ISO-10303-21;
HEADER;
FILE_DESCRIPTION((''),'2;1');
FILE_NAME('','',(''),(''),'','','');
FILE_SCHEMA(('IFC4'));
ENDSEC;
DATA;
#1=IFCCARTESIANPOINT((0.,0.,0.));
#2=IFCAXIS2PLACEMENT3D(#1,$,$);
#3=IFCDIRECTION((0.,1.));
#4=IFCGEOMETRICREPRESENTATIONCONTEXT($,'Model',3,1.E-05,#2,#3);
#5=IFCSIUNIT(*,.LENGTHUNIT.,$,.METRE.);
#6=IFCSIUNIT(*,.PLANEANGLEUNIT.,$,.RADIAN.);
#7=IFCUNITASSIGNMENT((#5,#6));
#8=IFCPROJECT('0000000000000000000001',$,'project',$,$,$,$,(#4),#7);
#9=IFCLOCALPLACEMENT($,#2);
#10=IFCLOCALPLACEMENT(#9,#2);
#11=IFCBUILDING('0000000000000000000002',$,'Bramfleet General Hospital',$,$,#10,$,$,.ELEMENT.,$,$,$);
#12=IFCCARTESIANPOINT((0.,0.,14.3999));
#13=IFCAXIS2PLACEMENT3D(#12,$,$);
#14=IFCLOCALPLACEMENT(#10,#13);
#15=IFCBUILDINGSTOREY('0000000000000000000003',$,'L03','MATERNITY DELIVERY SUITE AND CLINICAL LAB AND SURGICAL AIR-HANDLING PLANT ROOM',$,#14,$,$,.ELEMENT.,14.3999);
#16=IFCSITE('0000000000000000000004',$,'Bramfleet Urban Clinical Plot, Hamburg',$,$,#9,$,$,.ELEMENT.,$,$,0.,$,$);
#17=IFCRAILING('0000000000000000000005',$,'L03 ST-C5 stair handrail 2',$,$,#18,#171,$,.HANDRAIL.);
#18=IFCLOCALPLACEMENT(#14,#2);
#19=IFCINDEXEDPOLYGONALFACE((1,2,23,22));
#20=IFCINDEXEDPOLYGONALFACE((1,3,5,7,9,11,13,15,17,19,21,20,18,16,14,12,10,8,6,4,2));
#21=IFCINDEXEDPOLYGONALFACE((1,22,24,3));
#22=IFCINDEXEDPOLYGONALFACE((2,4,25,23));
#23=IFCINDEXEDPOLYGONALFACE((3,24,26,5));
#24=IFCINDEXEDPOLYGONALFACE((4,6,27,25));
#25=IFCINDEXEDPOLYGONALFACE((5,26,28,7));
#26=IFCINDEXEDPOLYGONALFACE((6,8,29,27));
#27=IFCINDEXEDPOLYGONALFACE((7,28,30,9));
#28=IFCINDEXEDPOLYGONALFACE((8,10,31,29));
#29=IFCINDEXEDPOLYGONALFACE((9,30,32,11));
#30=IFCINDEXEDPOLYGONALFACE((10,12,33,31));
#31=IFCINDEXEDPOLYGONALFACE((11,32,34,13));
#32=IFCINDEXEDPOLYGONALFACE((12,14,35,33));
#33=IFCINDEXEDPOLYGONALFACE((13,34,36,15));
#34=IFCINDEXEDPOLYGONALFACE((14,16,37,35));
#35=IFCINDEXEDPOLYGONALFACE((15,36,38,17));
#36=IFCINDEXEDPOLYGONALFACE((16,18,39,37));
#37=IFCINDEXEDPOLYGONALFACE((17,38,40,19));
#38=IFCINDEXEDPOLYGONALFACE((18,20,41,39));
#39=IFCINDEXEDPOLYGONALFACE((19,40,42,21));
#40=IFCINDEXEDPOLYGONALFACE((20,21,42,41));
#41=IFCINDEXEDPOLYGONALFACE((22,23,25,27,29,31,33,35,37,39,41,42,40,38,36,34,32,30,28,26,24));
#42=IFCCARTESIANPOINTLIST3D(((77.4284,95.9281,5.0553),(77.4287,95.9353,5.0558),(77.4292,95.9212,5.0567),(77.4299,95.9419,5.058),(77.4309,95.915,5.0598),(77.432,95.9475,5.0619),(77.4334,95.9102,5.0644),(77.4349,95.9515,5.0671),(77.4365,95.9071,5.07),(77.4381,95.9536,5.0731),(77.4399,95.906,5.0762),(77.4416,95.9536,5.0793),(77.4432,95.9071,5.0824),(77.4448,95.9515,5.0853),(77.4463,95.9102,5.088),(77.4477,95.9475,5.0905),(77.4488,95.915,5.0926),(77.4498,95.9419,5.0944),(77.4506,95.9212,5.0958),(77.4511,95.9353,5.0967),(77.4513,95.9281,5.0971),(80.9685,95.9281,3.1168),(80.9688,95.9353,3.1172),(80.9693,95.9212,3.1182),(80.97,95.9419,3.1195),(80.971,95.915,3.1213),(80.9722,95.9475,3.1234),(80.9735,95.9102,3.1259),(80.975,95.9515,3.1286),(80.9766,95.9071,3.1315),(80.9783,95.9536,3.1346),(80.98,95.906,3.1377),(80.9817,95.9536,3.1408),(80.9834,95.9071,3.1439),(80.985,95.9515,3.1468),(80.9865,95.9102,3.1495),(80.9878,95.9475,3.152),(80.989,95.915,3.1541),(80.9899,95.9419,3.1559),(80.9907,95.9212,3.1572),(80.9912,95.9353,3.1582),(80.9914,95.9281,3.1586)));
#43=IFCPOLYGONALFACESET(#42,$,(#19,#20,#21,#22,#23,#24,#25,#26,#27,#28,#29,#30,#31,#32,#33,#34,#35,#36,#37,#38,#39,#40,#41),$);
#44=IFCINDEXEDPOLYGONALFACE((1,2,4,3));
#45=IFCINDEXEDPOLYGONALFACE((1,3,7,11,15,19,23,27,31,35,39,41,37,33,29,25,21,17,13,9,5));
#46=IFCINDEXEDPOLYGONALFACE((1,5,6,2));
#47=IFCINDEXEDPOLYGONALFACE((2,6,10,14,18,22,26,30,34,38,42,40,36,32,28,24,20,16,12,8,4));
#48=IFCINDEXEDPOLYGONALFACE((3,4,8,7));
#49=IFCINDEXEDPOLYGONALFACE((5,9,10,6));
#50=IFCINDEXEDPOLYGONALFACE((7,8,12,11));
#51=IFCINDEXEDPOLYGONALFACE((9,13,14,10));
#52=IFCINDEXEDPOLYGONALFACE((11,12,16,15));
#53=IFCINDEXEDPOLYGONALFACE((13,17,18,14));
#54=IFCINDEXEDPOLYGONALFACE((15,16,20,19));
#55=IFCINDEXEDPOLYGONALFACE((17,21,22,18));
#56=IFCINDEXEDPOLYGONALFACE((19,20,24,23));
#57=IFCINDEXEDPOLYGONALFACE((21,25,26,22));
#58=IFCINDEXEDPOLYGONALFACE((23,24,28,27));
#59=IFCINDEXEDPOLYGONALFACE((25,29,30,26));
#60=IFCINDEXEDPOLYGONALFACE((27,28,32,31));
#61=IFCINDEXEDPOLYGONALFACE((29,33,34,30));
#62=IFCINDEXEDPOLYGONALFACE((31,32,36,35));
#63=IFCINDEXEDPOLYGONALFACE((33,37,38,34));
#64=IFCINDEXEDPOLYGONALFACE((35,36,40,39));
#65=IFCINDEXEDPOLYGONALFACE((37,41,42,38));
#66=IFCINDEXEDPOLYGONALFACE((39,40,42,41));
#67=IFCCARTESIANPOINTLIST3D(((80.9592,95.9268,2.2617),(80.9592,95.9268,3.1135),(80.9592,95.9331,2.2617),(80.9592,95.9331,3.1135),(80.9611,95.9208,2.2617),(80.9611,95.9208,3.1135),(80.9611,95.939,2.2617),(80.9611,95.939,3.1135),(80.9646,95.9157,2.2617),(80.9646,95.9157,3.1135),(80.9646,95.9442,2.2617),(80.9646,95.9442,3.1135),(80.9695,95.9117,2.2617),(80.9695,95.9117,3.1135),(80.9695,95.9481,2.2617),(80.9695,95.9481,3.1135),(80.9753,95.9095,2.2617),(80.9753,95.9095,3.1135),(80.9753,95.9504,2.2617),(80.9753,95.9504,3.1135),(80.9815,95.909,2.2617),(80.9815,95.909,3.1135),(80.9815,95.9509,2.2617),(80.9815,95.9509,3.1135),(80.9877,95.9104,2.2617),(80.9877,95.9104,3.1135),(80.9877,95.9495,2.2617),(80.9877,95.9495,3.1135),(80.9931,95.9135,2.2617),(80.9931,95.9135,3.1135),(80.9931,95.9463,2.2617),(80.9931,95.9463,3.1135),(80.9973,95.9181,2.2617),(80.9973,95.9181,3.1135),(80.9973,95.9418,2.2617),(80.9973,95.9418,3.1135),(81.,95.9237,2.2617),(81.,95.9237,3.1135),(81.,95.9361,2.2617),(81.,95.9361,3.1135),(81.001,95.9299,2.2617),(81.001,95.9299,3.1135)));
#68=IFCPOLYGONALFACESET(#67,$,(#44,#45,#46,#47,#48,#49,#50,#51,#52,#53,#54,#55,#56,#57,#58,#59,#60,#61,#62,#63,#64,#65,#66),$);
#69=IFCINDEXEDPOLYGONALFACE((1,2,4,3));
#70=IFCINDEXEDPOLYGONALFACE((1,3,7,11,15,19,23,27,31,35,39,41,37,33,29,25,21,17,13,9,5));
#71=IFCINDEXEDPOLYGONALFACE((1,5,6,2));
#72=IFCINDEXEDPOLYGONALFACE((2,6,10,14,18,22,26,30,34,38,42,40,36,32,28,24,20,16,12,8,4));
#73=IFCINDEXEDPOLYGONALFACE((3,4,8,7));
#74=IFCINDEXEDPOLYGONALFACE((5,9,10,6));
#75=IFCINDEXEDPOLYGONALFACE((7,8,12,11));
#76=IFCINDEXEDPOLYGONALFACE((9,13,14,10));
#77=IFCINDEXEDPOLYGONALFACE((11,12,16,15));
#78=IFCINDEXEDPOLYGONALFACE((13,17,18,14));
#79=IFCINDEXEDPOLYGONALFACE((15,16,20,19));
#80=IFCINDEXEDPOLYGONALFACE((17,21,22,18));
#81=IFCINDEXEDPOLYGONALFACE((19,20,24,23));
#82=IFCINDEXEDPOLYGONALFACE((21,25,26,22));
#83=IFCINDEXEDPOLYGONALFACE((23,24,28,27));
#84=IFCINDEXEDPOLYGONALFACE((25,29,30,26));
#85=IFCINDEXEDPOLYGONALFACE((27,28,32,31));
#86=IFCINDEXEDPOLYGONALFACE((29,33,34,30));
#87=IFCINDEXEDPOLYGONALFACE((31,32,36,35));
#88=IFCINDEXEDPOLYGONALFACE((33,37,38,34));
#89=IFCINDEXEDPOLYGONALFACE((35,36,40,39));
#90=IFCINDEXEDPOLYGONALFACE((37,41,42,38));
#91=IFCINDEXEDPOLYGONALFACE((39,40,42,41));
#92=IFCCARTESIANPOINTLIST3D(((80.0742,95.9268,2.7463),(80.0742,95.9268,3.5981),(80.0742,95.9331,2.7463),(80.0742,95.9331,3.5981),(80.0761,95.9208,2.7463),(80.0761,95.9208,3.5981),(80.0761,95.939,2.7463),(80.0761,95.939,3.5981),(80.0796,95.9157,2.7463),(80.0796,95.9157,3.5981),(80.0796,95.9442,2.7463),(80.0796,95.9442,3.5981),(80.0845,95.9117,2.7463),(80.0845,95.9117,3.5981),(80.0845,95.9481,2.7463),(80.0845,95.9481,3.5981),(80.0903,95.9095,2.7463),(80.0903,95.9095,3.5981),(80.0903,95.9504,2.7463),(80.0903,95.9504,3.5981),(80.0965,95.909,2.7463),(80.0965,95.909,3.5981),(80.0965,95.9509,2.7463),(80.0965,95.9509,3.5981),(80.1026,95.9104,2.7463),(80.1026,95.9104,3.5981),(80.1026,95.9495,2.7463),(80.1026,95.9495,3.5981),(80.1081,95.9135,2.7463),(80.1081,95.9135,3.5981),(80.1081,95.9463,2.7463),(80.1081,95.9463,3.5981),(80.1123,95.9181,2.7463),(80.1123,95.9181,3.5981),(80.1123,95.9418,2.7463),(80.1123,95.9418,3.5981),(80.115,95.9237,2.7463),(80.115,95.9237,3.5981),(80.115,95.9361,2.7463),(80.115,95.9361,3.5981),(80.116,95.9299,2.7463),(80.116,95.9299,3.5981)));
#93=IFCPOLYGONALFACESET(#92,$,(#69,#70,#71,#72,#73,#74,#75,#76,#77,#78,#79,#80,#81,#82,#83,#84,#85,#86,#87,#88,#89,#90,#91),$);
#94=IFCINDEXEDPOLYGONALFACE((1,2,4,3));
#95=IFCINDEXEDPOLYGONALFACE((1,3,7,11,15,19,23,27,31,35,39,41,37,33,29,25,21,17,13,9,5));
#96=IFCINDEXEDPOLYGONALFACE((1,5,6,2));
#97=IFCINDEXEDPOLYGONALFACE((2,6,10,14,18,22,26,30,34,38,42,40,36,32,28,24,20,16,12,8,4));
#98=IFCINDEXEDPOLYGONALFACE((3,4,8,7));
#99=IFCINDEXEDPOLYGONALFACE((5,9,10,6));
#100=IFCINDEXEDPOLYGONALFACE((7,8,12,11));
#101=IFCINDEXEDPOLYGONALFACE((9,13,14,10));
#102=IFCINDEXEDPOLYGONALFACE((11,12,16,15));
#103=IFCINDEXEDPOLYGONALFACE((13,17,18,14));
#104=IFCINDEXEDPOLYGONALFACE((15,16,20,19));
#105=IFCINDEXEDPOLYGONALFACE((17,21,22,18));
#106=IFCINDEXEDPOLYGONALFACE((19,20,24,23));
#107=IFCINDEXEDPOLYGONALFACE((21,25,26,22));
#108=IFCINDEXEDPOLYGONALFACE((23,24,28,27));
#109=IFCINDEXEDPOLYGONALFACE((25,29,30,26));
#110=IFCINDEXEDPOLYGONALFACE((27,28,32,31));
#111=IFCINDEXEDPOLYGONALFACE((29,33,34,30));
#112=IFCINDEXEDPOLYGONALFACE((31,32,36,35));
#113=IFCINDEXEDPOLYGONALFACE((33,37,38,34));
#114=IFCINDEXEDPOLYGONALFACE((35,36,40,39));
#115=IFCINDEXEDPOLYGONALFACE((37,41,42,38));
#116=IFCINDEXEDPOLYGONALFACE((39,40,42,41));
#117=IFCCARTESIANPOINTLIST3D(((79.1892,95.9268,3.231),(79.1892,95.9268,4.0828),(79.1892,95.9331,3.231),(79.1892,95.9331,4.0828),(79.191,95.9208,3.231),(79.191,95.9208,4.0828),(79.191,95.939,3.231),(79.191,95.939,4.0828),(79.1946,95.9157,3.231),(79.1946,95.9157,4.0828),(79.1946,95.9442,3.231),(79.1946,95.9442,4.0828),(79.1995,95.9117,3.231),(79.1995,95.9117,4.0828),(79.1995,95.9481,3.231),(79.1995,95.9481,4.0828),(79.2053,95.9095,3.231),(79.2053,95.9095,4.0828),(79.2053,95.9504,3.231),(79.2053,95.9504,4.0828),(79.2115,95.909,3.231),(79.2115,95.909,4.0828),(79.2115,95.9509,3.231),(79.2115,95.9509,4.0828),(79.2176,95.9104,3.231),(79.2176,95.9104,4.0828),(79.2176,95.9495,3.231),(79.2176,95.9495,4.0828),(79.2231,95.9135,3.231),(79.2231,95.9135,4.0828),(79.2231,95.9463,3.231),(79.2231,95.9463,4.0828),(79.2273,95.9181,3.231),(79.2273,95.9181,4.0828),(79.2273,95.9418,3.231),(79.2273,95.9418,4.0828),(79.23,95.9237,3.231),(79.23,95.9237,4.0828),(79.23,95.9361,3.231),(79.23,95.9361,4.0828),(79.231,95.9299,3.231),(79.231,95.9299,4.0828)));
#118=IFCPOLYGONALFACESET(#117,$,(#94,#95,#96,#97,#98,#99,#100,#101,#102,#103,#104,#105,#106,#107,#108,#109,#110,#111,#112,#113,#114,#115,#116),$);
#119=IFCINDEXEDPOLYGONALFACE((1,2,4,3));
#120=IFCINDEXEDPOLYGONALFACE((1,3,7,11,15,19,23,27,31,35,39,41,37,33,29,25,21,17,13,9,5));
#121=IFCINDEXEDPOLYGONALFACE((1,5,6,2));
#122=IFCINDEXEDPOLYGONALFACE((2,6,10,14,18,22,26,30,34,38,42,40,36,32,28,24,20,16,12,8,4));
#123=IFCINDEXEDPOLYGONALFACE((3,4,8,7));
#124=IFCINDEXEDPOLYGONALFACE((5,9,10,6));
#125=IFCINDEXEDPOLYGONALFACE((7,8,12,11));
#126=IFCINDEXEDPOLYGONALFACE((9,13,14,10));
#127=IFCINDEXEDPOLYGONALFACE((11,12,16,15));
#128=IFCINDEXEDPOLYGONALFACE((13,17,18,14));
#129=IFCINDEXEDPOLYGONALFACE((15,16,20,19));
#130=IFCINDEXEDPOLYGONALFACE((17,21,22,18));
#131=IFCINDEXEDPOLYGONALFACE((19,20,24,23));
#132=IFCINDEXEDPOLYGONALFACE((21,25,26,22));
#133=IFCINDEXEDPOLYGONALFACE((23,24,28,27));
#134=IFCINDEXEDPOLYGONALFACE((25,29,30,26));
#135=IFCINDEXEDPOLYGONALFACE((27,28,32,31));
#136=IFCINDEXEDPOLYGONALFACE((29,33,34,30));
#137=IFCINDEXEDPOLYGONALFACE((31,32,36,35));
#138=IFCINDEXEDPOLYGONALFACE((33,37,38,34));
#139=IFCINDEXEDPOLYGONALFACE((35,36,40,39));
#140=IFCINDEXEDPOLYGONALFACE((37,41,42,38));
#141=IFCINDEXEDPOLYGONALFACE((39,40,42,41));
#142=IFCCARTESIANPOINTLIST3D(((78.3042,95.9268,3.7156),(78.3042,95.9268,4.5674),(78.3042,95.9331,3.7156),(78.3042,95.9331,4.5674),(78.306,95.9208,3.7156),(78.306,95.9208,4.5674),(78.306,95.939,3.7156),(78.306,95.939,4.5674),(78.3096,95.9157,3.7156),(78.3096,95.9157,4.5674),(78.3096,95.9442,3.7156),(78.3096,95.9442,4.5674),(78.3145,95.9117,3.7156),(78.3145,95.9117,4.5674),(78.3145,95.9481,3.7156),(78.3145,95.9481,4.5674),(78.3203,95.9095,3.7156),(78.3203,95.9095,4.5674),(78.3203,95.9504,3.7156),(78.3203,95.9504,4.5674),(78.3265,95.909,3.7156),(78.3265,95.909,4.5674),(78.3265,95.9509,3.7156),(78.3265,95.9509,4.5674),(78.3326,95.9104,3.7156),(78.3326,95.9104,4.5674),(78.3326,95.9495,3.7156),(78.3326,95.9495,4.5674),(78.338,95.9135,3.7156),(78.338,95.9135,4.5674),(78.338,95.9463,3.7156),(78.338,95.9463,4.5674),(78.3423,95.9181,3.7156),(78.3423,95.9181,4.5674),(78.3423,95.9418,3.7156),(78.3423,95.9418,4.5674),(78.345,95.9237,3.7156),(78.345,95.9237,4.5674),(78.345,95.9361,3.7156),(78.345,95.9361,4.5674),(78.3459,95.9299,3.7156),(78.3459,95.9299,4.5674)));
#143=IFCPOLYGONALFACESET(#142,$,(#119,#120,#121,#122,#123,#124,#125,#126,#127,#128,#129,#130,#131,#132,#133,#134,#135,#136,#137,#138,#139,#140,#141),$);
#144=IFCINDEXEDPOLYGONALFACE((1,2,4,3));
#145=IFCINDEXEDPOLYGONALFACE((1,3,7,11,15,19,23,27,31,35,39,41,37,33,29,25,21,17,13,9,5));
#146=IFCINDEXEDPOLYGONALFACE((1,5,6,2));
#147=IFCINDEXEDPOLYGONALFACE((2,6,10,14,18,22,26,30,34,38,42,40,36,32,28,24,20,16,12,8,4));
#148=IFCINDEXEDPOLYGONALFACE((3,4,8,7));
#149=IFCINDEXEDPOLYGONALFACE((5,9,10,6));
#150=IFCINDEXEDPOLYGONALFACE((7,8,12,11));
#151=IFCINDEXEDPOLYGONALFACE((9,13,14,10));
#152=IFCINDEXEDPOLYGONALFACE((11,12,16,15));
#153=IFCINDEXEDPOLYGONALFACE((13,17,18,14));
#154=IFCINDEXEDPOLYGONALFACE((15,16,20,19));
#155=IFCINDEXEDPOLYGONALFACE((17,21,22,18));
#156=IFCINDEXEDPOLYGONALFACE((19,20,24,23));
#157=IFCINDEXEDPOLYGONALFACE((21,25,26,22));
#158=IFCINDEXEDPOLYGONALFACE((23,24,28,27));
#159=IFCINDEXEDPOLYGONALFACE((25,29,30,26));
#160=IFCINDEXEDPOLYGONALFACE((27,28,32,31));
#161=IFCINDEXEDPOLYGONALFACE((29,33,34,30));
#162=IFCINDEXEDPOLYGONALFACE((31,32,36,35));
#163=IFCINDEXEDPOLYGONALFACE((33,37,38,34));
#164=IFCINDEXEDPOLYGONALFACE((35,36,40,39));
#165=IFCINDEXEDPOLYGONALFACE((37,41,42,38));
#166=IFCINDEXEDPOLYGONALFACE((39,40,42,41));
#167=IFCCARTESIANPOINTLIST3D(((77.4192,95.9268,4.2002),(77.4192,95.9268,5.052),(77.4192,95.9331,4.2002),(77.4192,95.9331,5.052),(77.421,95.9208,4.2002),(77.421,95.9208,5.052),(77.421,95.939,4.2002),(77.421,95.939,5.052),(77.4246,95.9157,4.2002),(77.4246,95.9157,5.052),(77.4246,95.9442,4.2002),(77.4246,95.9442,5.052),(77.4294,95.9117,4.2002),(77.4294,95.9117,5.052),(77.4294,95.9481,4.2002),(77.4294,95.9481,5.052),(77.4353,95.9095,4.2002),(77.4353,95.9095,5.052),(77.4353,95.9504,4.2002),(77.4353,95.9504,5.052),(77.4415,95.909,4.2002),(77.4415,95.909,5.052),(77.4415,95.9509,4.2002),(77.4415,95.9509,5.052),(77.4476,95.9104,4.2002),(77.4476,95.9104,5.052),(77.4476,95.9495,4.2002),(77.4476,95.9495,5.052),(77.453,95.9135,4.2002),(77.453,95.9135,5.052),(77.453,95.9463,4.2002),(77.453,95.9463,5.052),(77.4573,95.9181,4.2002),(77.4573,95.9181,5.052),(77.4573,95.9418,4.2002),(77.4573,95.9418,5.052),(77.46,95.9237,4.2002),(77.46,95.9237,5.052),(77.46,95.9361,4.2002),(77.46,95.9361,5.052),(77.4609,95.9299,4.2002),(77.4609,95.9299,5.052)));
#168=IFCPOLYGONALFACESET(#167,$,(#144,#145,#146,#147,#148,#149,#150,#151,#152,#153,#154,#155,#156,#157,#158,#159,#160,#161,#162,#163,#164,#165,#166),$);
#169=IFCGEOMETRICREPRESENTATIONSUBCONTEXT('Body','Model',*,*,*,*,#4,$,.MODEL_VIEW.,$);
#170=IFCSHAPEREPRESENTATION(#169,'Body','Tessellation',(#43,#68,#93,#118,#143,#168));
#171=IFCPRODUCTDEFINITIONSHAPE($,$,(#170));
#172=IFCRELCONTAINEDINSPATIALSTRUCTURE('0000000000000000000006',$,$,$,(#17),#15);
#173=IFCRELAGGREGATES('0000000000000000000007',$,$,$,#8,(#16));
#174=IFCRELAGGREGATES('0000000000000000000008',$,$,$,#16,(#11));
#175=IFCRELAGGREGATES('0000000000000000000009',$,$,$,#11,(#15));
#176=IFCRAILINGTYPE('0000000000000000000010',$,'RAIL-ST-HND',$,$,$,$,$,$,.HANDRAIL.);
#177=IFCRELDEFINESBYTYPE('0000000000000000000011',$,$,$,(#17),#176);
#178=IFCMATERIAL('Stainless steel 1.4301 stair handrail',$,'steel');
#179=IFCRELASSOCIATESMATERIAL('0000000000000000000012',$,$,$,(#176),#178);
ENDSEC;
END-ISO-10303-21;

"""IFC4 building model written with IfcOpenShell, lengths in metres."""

from ifc_helpers import new_model, si_unit, direction, frame, origin, origin_2d, place, context, subcontext, project, spatial, circle, extrude, material, type_object, element, save


model = new_model("IFC4")

# Units and contexts
model_context = context("Model", 3, precision=1e-05, world=origin(), true_north=direction((0.0, 1.0)))
body_context = subcontext(model_context, "Body", "Model", "MODEL_VIEW")
ifc_project = project(units=[si_unit("LENGTHUNIT", "METRE"), si_unit("PLANEANGLEUNIT", "RADIAN")], contexts=[model_context])

# Site, building, storey
site_placement = place(None, origin())
site = spatial("IfcSite", under=ifc_project, at=site_placement, Name="Bramfleet Urban Clinical Plot, Hamburg", CompositionType="ELEMENT", RefElevation=0.0)
building_placement = place(site_placement, origin())
building = spatial("IfcBuilding", under=site, at=building_placement, Name="Bramfleet General Hospital", CompositionType="ELEMENT")
storey_placement = place(building_placement, frame((0.0, 0.0, 14.3999)))
storey = spatial("IfcBuildingStorey", under=building, at=storey_placement, Name="L03", Description="MATERNITY DELIVERY SUITE AND CLINICAL LAB AND SURGICAL AIR-HANDLING PLANT ROOM", CompositionType="ELEMENT", Elevation=14.3999)

# Railing
ifc_material_1 = material(Name="Stainless steel 1.4301 stair handrail", Category="steel")
railing_type_1 = type_object("IfcRailingType", Name="RAIL-ST-HND", PredefinedType="HANDRAIL", material=ifc_material_1)
railing_1_placement = place(storey_placement, frame((80.98, 95.9299, 2.2617)))
element("IfcRailing", 1, at=railing_1_placement, inside=storey, type_object=railing_type_1, Name="L03 ST-C5 stair handrail 2", PredefinedType="HANDRAIL", context=body_context, shape_type="SweptSolid", body=[
    extrude(circle(Radius=0.0239, at=origin_2d()), frame((0.0, 0.0, 0.876), z_axis=(-0.877108, 0.0, 0.480292), x_axis=(0.0, -1.0, 0.0)), (0.0, 0.0, 1.0), 4.0361),
    extrude(circle(Radius=0.021, at=origin_2d()), origin(), (0.0, 0.0, 1.0), 0.8518),
    extrude(circle(Radius=0.021, at=origin_2d()), frame((-0.885, 0.0, 0.4846)), (0.0, 0.0, 1.0), 0.8518),
    extrude(circle(Radius=0.021, at=origin_2d()), frame((-1.77, 0.0, 0.9692)), (0.0, 0.0, 1.0), 0.8518),
    extrude(circle(Radius=0.021, at=origin_2d()), frame((-2.655, 0.0, 1.4539)), (0.0, 0.0, 1.0), 0.8518),
    extrude(circle(Radius=0.021, at=origin_2d()), frame((-3.54, 0.0, 1.9385)), (0.0, 0.0, 1.0), 0.8518),
])

save(model, "model.ifc")
